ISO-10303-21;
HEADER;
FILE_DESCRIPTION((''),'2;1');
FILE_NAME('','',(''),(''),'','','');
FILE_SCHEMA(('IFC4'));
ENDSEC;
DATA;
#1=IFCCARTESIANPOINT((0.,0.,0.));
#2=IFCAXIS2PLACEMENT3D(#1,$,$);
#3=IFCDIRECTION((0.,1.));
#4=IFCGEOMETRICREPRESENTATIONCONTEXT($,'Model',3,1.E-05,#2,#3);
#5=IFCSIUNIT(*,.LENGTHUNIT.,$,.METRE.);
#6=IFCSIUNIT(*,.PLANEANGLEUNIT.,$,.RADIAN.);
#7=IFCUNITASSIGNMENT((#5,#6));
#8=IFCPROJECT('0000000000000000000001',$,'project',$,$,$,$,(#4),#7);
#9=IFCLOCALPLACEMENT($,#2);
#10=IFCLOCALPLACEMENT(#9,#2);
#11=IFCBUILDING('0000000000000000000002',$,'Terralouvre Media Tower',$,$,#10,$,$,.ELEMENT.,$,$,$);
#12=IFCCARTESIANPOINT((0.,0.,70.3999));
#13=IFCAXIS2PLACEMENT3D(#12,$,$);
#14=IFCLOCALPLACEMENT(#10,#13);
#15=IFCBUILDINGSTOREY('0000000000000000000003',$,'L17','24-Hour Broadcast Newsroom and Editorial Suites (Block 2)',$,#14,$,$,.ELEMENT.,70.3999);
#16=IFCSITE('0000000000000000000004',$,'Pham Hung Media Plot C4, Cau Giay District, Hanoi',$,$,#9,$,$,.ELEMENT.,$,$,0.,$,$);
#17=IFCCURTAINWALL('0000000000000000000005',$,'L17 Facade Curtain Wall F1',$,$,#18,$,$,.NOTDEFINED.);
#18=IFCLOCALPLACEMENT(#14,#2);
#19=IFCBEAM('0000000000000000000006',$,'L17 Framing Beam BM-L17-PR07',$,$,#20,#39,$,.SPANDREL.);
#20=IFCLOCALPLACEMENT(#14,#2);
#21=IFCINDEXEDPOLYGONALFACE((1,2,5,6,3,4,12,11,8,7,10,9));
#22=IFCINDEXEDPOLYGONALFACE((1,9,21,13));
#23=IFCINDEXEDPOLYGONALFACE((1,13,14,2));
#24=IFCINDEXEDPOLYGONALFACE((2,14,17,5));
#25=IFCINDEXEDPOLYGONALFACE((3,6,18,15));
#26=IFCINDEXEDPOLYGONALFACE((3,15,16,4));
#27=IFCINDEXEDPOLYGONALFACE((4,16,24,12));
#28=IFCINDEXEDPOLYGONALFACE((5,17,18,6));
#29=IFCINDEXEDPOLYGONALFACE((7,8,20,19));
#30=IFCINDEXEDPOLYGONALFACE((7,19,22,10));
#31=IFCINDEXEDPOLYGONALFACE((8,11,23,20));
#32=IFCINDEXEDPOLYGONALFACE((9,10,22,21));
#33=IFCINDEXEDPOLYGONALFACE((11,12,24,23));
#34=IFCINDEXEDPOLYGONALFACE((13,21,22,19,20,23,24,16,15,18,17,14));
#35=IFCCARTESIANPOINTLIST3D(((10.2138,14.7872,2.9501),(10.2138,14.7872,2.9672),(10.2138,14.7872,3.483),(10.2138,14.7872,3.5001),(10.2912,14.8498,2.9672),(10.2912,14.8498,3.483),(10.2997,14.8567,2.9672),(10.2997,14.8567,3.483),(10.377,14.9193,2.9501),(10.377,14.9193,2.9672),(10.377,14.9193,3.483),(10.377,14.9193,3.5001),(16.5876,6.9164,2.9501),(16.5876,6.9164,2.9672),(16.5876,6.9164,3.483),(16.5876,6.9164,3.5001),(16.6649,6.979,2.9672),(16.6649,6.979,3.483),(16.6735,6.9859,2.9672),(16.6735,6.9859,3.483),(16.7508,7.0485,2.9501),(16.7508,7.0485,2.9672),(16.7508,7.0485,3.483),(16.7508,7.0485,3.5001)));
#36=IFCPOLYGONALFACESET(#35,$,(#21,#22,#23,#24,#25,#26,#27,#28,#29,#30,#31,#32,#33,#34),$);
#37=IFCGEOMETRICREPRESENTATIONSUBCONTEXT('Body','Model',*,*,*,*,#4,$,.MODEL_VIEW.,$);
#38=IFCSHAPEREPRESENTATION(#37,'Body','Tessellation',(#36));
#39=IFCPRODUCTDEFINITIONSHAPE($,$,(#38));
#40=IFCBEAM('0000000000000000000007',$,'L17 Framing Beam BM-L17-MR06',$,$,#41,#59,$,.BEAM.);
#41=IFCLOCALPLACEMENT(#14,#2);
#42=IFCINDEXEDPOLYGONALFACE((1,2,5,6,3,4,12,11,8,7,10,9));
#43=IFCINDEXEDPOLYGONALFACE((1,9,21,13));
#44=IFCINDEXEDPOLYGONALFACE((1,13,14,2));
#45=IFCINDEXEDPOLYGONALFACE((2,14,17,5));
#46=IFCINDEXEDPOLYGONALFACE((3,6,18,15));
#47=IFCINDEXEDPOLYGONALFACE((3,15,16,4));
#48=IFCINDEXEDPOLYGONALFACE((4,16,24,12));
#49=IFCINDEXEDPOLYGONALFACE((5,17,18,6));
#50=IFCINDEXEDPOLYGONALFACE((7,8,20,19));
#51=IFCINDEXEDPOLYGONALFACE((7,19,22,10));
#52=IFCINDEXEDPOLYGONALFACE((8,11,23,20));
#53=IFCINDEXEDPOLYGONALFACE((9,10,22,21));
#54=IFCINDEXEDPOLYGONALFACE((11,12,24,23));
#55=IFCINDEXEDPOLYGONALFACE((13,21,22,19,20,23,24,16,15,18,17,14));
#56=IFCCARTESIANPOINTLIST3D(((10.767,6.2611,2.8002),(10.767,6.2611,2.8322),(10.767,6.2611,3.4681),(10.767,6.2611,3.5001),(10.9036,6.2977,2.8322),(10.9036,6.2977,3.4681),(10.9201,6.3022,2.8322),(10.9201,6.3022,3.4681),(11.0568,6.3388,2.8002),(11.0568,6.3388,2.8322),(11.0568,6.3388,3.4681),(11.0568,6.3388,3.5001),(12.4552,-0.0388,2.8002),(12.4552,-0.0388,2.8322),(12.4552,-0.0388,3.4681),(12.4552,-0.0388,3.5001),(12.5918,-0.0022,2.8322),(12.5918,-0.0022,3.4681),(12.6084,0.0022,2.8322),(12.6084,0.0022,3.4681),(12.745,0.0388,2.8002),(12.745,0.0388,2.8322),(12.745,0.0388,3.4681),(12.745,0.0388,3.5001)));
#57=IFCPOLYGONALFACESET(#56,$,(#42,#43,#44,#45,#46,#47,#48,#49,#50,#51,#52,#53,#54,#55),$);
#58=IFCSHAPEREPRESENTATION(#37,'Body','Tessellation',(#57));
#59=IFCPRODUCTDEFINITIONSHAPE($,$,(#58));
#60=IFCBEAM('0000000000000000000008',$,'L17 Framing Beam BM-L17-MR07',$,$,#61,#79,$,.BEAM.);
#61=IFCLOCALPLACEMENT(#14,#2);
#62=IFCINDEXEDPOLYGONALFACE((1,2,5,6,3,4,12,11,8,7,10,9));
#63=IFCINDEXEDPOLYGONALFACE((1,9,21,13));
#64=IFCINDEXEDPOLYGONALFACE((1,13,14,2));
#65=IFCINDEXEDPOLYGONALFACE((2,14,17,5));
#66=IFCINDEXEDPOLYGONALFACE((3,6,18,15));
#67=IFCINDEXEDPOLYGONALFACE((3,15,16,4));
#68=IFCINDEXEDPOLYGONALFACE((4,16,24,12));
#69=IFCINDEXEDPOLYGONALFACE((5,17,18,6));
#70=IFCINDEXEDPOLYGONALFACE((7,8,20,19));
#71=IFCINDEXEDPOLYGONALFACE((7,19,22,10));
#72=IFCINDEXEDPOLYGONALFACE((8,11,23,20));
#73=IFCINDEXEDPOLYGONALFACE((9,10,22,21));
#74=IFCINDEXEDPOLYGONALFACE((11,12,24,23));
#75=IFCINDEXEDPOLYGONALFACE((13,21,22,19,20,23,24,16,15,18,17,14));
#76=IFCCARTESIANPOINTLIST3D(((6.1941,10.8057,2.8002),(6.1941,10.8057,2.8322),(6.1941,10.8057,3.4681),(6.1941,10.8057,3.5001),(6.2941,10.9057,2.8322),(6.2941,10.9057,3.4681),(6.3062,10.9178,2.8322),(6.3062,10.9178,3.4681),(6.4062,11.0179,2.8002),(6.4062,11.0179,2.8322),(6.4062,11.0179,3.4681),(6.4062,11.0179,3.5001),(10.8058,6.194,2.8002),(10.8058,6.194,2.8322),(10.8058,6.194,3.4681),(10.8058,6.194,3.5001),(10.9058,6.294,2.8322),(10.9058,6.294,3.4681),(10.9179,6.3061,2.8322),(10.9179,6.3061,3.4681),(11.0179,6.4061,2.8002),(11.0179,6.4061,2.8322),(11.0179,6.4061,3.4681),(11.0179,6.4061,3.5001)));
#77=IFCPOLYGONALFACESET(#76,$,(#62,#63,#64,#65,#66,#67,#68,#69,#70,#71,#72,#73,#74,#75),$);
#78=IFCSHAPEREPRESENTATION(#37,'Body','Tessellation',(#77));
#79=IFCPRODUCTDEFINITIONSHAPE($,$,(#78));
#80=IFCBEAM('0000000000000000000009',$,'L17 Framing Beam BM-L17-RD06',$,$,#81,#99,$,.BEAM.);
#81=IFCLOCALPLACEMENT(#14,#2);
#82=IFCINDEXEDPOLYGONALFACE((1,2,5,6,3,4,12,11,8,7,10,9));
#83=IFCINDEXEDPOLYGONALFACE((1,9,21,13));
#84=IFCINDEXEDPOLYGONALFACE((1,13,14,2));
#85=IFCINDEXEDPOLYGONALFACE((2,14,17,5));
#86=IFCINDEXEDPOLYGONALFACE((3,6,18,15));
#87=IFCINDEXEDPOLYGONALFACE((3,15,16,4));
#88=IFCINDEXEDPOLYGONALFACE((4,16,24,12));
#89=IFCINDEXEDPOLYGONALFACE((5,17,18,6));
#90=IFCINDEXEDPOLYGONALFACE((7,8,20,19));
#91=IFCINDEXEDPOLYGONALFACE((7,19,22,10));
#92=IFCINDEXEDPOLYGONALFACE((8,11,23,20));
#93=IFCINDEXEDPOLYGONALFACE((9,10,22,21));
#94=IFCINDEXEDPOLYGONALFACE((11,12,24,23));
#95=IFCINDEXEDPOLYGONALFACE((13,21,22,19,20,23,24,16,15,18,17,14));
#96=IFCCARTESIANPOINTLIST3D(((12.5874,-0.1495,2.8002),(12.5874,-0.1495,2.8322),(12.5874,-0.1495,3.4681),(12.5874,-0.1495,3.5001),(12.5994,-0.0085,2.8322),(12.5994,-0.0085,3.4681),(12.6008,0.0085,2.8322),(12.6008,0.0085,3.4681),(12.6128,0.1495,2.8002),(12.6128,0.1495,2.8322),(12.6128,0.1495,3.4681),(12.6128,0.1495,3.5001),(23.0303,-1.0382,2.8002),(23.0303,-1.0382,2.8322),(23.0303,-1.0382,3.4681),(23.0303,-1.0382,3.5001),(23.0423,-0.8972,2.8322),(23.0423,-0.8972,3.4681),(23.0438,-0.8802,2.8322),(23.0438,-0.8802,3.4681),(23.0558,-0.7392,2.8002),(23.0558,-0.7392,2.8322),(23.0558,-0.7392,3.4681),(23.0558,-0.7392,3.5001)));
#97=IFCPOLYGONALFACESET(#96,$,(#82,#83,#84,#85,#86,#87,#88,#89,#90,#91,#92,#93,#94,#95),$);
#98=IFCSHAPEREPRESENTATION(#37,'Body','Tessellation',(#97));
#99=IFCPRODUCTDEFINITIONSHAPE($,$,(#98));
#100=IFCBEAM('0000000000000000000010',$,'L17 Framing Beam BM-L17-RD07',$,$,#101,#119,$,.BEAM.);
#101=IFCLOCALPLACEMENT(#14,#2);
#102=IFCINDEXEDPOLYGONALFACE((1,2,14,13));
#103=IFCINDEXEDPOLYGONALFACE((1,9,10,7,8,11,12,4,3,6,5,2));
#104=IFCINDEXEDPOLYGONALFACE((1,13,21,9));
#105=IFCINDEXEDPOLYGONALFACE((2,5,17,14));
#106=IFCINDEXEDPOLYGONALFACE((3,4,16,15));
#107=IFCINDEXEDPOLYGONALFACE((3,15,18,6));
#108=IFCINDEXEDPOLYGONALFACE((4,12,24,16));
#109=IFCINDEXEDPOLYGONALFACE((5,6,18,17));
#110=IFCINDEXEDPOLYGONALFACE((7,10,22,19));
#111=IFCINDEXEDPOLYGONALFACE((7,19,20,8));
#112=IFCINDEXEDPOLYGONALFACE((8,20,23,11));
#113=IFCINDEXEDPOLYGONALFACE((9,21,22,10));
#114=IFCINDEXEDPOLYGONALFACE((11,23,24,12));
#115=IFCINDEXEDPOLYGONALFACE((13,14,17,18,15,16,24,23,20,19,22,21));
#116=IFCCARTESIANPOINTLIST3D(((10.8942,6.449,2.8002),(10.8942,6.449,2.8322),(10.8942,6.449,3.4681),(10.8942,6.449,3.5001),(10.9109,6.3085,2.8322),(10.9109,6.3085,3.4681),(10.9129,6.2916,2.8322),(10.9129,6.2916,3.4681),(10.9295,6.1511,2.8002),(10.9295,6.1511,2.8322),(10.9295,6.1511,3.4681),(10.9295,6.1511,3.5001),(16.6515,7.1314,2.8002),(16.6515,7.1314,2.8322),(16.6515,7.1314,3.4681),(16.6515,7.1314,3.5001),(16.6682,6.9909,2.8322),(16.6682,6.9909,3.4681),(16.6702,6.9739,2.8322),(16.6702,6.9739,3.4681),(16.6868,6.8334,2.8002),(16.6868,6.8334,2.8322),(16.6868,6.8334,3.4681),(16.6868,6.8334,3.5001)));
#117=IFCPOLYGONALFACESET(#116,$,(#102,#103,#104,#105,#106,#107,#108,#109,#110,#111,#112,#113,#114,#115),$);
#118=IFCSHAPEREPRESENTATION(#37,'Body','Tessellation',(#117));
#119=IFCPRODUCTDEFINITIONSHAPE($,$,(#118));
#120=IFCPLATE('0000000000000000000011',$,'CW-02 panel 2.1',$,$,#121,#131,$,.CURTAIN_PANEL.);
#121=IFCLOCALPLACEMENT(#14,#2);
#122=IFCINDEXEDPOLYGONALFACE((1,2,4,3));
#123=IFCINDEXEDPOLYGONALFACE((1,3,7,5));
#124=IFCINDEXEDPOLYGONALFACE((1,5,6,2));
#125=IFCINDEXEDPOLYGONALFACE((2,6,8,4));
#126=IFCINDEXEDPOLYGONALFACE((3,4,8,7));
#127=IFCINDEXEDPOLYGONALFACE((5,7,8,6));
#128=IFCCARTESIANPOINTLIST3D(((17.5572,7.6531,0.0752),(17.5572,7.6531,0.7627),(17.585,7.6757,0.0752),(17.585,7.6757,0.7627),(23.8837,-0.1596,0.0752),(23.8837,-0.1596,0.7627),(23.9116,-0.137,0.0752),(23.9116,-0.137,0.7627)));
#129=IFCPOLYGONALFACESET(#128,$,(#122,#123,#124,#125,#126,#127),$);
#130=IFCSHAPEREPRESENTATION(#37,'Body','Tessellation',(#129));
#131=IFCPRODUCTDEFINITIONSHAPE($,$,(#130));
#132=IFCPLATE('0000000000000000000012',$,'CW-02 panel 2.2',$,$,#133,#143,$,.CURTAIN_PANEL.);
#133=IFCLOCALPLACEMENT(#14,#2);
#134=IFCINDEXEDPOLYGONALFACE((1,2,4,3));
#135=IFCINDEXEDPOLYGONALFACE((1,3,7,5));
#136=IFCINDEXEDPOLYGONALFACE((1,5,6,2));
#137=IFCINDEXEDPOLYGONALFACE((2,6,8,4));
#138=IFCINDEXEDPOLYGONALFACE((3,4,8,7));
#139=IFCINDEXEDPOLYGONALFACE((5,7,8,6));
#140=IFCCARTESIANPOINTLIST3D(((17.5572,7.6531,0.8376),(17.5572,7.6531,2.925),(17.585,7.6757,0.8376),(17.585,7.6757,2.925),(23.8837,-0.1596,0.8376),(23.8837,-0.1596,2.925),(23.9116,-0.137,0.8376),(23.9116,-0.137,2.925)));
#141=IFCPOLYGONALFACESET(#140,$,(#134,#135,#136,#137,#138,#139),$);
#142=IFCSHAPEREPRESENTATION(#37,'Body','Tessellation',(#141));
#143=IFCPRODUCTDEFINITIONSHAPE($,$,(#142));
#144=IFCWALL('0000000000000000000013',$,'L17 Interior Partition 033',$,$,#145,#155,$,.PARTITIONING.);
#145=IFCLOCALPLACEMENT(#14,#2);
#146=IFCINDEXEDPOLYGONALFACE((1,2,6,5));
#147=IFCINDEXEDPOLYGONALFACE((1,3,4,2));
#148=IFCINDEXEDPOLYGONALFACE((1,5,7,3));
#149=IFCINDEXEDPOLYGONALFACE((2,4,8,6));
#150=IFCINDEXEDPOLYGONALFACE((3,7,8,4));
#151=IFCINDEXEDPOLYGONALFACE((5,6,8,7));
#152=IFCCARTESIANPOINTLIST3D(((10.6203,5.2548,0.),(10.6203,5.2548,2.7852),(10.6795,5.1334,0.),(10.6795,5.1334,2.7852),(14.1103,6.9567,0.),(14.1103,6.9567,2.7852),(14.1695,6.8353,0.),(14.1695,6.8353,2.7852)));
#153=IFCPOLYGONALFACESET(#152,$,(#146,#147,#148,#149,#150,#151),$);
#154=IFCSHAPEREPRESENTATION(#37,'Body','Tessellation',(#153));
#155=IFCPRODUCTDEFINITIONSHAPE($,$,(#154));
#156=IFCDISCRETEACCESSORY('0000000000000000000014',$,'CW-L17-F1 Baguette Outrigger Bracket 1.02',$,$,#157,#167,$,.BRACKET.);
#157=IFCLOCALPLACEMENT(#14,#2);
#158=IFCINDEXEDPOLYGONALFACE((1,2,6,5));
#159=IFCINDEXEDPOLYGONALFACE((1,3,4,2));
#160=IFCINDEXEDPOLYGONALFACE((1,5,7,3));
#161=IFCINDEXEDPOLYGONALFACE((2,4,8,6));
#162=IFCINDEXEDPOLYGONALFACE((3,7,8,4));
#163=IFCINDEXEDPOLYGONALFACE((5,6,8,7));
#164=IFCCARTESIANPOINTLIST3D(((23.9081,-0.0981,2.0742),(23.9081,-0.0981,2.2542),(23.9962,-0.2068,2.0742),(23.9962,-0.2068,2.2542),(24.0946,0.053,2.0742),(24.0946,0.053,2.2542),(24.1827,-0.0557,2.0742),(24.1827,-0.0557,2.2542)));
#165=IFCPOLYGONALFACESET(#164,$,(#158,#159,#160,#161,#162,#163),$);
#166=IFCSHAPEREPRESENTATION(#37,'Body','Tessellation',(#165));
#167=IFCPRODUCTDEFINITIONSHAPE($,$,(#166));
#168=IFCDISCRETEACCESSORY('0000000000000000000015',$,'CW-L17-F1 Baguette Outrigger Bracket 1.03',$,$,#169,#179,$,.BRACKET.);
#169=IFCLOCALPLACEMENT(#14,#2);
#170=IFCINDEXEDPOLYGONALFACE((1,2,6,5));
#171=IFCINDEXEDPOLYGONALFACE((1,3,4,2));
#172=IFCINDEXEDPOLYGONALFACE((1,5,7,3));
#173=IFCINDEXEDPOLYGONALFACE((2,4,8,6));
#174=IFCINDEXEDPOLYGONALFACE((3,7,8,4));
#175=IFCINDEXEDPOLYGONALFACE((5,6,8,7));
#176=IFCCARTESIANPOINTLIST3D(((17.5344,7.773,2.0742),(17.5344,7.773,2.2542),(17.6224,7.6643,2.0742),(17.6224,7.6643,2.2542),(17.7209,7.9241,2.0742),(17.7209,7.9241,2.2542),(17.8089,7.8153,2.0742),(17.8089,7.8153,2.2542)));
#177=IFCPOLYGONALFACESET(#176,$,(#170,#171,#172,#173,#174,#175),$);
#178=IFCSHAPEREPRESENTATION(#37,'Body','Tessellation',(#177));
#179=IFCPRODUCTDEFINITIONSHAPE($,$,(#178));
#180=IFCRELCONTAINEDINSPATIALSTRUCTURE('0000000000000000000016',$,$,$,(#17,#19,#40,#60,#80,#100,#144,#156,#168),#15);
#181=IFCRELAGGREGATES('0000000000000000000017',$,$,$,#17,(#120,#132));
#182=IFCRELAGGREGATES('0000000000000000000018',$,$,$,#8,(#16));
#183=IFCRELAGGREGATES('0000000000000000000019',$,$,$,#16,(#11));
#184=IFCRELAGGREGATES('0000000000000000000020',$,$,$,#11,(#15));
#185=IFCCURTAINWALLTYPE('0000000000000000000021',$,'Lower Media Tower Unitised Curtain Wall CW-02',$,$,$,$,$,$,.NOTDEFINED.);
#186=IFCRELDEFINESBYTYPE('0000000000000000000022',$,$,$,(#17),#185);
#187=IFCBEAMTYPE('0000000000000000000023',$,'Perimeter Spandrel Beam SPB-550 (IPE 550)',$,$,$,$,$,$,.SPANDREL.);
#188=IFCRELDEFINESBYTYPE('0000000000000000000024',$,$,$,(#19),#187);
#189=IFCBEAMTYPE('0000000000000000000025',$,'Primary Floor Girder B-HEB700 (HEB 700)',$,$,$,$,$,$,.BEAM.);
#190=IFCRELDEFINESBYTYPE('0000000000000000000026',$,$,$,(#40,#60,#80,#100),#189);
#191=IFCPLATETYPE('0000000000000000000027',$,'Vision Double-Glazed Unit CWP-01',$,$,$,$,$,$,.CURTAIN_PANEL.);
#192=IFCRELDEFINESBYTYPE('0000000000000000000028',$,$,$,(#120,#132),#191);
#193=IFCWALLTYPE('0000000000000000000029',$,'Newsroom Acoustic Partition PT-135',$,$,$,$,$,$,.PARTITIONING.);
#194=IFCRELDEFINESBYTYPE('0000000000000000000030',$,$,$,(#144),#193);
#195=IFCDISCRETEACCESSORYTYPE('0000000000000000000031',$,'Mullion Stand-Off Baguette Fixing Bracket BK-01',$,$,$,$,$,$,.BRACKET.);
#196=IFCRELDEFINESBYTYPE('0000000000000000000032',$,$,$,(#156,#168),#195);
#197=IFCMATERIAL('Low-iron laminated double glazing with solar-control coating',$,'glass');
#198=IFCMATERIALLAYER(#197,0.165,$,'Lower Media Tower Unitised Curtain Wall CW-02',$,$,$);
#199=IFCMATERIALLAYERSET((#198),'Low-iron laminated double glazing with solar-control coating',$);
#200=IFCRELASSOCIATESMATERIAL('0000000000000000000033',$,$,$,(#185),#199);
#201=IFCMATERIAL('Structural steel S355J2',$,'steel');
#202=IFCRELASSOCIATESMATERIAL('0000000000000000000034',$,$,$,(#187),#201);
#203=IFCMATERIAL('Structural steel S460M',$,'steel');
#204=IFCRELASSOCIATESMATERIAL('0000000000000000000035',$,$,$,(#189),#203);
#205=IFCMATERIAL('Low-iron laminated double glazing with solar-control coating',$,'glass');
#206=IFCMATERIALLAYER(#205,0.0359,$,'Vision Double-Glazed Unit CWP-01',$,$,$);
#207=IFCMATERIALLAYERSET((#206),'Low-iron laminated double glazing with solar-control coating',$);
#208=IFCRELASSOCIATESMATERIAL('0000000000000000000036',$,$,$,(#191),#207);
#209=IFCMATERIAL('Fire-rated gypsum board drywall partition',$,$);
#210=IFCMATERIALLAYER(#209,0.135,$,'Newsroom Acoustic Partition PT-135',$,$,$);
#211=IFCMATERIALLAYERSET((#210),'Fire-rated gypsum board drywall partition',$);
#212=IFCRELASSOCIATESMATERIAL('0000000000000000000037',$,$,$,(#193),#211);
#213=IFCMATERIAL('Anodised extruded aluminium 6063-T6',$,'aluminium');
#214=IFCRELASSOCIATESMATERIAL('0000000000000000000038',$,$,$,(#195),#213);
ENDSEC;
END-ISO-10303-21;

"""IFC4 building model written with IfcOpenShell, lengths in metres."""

from ifc_helpers import new_model, si_unit, direction, frame, frame_2d, origin, origin_2d, place, context, subcontext, project, spatial, rectangle, i_section, extrude, material, layer, layer_set, material_profile, profile_set, type_object, element, aggregate, save


model = new_model("IFC4")

# Units and contexts
model_context = context("Model", 3, precision=1e-05, world=origin(), true_north=direction((0.0, 1.0)))
body_context = subcontext(model_context, "Body", "Model", "MODEL_VIEW")
ifc_project = project(units=[si_unit("LENGTHUNIT", "METRE"), si_unit("PLANEANGLEUNIT", "RADIAN")], contexts=[model_context])

# Site, building, storey
site_placement = place(None, origin())
site = spatial("IfcSite", under=ifc_project, at=site_placement, Name="Pham Hung Media Plot C4, Cau Giay District, Hanoi", CompositionType="ELEMENT", RefElevation=0.0)
building_placement = place(site_placement, origin())
building = spatial("IfcBuilding", under=site, at=building_placement, Name="Terralouvre Media Tower", CompositionType="ELEMENT")
storey_placement = place(building_placement, frame((0.0, 0.0, 70.3999)))
storey = spatial("IfcBuildingStorey", under=building, at=storey_placement, Name="L17", Description="24-Hour Broadcast Newsroom and Editorial Suites (Block 2)", CompositionType="ELEMENT", Elevation=70.3999)

# Curtain wall
ifc_material_1 = material(Name="Low-iron laminated double glazing with solar-control coating", Category="glass")
ifc_layer_1 = layer(ifc_material_1, 0.165, Name="Lower Media Tower Unitised Curtain Wall CW-02")
ifc_layer_set_1 = layer_set([ifc_layer_1], Name="Low-iron laminated double glazing with solar-control coating")
curtain_wall_type = type_object("IfcCurtainWallType", Name="Lower Media Tower Unitised Curtain Wall CW-02", PredefinedType="NOTDEFINED", material=ifc_layer_set_1)
curtain_wall_placement = place(storey_placement, origin())
curtain_wall = element("IfcCurtainWall", 1, at=curtain_wall_placement, inside=storey, type_object=curtain_wall_type, Name="L17 Facade Curtain Wall F1", PredefinedType="NOTDEFINED")

# Beams
ifc_material_2 = material(Name="Structural steel S355J2", Category="steel")
ifc_material_profile_1 = material_profile(ifc_material_2, i_section(OverallWidth=0.21, OverallDepth=0.55, WebThickness=0.011, FlangeThickness=0.0171, at=origin_2d()), Name="IPE 550")
ifc_profile_set_1 = profile_set([ifc_material_profile_1], Name="Structural steel S355J2")
beam_type_1 = type_object("IfcBeamType", Name="Perimeter Spandrel Beam SPB-550 (IPE 550)", PredefinedType="SPANDREL", material=ifc_profile_set_1)
beam_1_placement = place(storey_placement, frame((16.6692, 6.9824, 3.2251), z_axis=(-0.629326, 0.777142, 0.0), x_axis=(-0.777142, -0.629326, 0.0)))
element("IfcBeam", 2, at=beam_1_placement, inside=storey, type_object=beam_type_1, Name="L17 Framing Beam BM-L17-PR07", PredefinedType="SPANDREL", context=body_context, shape_type="SweptSolid", body=[
    extrude(i_section(OverallWidth=0.21, OverallDepth=0.55, WebThickness=0.011, FlangeThickness=0.0171, at=origin_2d()), origin(), (0.0, 0.0, 1.0), 10.1279),
])
ifc_material_3 = material(Name="Structural steel S460M", Category="steel")
ifc_material_profile_2 = material_profile(ifc_material_3, i_section(OverallWidth=0.3, OverallDepth=0.7, WebThickness=0.0171, FlangeThickness=0.032, at=origin_2d()), Name="HEB 700")
ifc_profile_set_2 = profile_set([ifc_material_profile_2], Name="Structural steel S460M")
beam_type_2 = type_object("IfcBeamType", Name="Primary Floor Girder B-HEB700 (HEB 700)", PredefinedType="BEAM", material=ifc_profile_set_2)
beam_2_placement = place(storey_placement, frame((12.6001, 0.0, 3.1501), z_axis=(-0.258839, 0.96592, 0.0), x_axis=(-0.96592, -0.258839, 0.0)))
element("IfcBeam", 3, at=beam_2_placement, inside=storey, type_object=beam_type_2, Name="L17 Framing Beam BM-L17-MR06", PredefinedType="BEAM", context=body_context, shape_type="SweptSolid", body=[
    extrude(i_section(OverallWidth=0.3, OverallDepth=0.7, WebThickness=0.0171, FlangeThickness=0.032, at=origin_2d()), origin(), (0.0, 0.0, 1.0), 6.5222),
])
beam_3_placement = place(storey_placement, frame((10.9119, 6.3, 3.1501), z_axis=(-0.707107, 0.707107, 0.0), x_axis=(-0.707107, -0.707107, 0.0)))
element("IfcBeam", 4, at=beam_3_placement, inside=storey, type_object=beam_type_2, Name="L17 Framing Beam BM-L17-MR07", PredefinedType="BEAM", context=body_context, shape_type="SweptSolid", body=[
    extrude(i_section(OverallWidth=0.3, OverallDepth=0.7, WebThickness=0.0171, FlangeThickness=0.032, at=origin_2d()), origin(), (0.0, 0.0, 1.0), 6.522),
])
beam_4_placement = place(storey_placement, frame((12.6001, 0.0, 3.1501), z_axis=(0.996399, -0.084792, 0.0), x_axis=(0.084792, 0.996399, 0.0)))
element("IfcBeam", 5, at=beam_4_placement, inside=storey, type_object=beam_type_2, Name="L17 Framing Beam BM-L17-RD06", PredefinedType="BEAM", context=body_context, shape_type="SweptSolid", body=[
    extrude(i_section(OverallWidth=0.3, OverallDepth=0.7, WebThickness=0.0171, FlangeThickness=0.032, at=origin_2d()), origin(), (0.0, 0.0, 1.0), 10.4807),
])
beam_5_placement = place(storey_placement, frame((10.9119, 6.3, 3.1501), z_axis=(0.993049, 0.117699, 0.0), x_axis=(-0.117699, 0.993049, 0.0)))
element("IfcBeam", 6, at=beam_5_placement, inside=storey, type_object=beam_type_2, Name="L17 Framing Beam BM-L17-RD07", PredefinedType="BEAM", context=body_context, shape_type="SweptSolid", body=[
    extrude(i_section(OverallWidth=0.3, OverallDepth=0.7, WebThickness=0.0171, FlangeThickness=0.032, at=origin_2d()), origin(), (0.0, 0.0, 1.0), 5.7976),
])

# Plates
ifc_material_4 = material(Name="Low-iron laminated double glazing with solar-control coating", Category="glass")
ifc_layer_2 = layer(ifc_material_4, 0.0359, Name="Vision Double-Glazed Unit CWP-01")
ifc_layer_set_2 = layer_set([ifc_layer_2], Name="Low-iron laminated double glazing with solar-control coating")
plate_type = type_object("IfcPlateType", Name="Vision Double-Glazed Unit CWP-01", PredefinedType="CURTAIN_PANEL", material=ifc_layer_set_2)
plate_1_placement = place(storey_placement, frame((20.7344, 3.7581, 0.0752), z_axis=(0.0, 0.0, 1.0), x_axis=(-0.62932, 0.777146, 0.0)))
plate_1 = element("IfcPlate", 7, at=plate_1_placement, type_object=plate_type, Name="CW-02 panel 2.1", PredefinedType="CURTAIN_PANEL", context=body_context, shape_type="SweptSolid", body=[
    extrude(rectangle(XDim=10.053, YDim=0.0359, at=origin_2d()), origin(), (0.0, 0.0, 1.0), 0.6875),
])
plate_2_placement = place(storey_placement, frame((20.7344, 3.7581, 0.8376), z_axis=(0.0, 0.0, 1.0), x_axis=(-0.62932, 0.777146, 0.0)))
plate_2 = element("IfcPlate", 8, at=plate_2_placement, type_object=plate_type, Name="CW-02 panel 2.2", PredefinedType="CURTAIN_PANEL", context=body_context, shape_type="SweptSolid", body=[
    extrude(rectangle(XDim=10.053, YDim=0.0359, at=origin_2d()), origin(), (0.0, 0.0, 1.0), 2.0874),
])
aggregate(curtain_wall, [plate_1, plate_2])

# Wall
ifc_material_5 = material(Name="Fire-rated gypsum board drywall partition")
ifc_layer_3 = layer(ifc_material_5, 0.135, Name="Newsroom Acoustic Partition PT-135")
ifc_layer_set_3 = layer_set([ifc_layer_3], Name="Fire-rated gypsum board drywall partition")
wall_type = type_object("IfcWallType", Name="Newsroom Acoustic Partition PT-135", PredefinedType="PARTITIONING", material=ifc_layer_set_3)
wall_placement = place(storey_placement, frame((14.1399, 6.896, 0.0), z_axis=(0.0, 0.0, 1.0), x_axis=(-0.898822, -0.438313, 0.0)))
element("IfcWall", 9, at=wall_placement, inside=storey, type_object=wall_type, Name="L17 Interior Partition 033", PredefinedType="PARTITIONING", context=body_context, shape_type="SweptSolid", body=[
    extrude(rectangle(XDim=3.8828, YDim=0.135, at=frame_2d((1.9414, 0.0))), origin(), (0.0, 0.0, 1.0), 2.7852),
])

# Discrete accessories
ifc_material_6 = material(Name="Anodised extruded aluminium 6063-T6", Category="aluminium")
discrete_accessory_type = type_object("IfcDiscreteAccessoryType", Name="Mullion Stand-Off Baguette Fixing Bracket BK-01", PredefinedType="BRACKET", material=ifc_material_6)
for number, where, z_axis, x_axis, name in (
    (10, (24.0454, -0.0769, 2.0742), (0.0, 0.0, 1.0), (-0.62932, 0.777146, 0.0), "CW-L17-F1 Baguette Outrigger Bracket 1.02"),
    (11, (17.6716, 7.7942, 2.0742), (0.0, 0.0, 1.0), (-0.62932, 0.777146, 0.0), "CW-L17-F1 Baguette Outrigger Bracket 1.03"),
):
    element("IfcDiscreteAccessory", number, at=place(storey_placement, frame(where, z_axis=z_axis, x_axis=x_axis)), inside=storey, type_object=discrete_accessory_type, Name=name, PredefinedType="BRACKET", context=body_context, shape_type="SweptSolid", body=[
        extrude(rectangle(XDim=0.1399, YDim=0.24, at=origin_2d()), origin(), (0.0, 0.0, 1.0), 0.1799),
    ])

save(model, "model.ifc")
